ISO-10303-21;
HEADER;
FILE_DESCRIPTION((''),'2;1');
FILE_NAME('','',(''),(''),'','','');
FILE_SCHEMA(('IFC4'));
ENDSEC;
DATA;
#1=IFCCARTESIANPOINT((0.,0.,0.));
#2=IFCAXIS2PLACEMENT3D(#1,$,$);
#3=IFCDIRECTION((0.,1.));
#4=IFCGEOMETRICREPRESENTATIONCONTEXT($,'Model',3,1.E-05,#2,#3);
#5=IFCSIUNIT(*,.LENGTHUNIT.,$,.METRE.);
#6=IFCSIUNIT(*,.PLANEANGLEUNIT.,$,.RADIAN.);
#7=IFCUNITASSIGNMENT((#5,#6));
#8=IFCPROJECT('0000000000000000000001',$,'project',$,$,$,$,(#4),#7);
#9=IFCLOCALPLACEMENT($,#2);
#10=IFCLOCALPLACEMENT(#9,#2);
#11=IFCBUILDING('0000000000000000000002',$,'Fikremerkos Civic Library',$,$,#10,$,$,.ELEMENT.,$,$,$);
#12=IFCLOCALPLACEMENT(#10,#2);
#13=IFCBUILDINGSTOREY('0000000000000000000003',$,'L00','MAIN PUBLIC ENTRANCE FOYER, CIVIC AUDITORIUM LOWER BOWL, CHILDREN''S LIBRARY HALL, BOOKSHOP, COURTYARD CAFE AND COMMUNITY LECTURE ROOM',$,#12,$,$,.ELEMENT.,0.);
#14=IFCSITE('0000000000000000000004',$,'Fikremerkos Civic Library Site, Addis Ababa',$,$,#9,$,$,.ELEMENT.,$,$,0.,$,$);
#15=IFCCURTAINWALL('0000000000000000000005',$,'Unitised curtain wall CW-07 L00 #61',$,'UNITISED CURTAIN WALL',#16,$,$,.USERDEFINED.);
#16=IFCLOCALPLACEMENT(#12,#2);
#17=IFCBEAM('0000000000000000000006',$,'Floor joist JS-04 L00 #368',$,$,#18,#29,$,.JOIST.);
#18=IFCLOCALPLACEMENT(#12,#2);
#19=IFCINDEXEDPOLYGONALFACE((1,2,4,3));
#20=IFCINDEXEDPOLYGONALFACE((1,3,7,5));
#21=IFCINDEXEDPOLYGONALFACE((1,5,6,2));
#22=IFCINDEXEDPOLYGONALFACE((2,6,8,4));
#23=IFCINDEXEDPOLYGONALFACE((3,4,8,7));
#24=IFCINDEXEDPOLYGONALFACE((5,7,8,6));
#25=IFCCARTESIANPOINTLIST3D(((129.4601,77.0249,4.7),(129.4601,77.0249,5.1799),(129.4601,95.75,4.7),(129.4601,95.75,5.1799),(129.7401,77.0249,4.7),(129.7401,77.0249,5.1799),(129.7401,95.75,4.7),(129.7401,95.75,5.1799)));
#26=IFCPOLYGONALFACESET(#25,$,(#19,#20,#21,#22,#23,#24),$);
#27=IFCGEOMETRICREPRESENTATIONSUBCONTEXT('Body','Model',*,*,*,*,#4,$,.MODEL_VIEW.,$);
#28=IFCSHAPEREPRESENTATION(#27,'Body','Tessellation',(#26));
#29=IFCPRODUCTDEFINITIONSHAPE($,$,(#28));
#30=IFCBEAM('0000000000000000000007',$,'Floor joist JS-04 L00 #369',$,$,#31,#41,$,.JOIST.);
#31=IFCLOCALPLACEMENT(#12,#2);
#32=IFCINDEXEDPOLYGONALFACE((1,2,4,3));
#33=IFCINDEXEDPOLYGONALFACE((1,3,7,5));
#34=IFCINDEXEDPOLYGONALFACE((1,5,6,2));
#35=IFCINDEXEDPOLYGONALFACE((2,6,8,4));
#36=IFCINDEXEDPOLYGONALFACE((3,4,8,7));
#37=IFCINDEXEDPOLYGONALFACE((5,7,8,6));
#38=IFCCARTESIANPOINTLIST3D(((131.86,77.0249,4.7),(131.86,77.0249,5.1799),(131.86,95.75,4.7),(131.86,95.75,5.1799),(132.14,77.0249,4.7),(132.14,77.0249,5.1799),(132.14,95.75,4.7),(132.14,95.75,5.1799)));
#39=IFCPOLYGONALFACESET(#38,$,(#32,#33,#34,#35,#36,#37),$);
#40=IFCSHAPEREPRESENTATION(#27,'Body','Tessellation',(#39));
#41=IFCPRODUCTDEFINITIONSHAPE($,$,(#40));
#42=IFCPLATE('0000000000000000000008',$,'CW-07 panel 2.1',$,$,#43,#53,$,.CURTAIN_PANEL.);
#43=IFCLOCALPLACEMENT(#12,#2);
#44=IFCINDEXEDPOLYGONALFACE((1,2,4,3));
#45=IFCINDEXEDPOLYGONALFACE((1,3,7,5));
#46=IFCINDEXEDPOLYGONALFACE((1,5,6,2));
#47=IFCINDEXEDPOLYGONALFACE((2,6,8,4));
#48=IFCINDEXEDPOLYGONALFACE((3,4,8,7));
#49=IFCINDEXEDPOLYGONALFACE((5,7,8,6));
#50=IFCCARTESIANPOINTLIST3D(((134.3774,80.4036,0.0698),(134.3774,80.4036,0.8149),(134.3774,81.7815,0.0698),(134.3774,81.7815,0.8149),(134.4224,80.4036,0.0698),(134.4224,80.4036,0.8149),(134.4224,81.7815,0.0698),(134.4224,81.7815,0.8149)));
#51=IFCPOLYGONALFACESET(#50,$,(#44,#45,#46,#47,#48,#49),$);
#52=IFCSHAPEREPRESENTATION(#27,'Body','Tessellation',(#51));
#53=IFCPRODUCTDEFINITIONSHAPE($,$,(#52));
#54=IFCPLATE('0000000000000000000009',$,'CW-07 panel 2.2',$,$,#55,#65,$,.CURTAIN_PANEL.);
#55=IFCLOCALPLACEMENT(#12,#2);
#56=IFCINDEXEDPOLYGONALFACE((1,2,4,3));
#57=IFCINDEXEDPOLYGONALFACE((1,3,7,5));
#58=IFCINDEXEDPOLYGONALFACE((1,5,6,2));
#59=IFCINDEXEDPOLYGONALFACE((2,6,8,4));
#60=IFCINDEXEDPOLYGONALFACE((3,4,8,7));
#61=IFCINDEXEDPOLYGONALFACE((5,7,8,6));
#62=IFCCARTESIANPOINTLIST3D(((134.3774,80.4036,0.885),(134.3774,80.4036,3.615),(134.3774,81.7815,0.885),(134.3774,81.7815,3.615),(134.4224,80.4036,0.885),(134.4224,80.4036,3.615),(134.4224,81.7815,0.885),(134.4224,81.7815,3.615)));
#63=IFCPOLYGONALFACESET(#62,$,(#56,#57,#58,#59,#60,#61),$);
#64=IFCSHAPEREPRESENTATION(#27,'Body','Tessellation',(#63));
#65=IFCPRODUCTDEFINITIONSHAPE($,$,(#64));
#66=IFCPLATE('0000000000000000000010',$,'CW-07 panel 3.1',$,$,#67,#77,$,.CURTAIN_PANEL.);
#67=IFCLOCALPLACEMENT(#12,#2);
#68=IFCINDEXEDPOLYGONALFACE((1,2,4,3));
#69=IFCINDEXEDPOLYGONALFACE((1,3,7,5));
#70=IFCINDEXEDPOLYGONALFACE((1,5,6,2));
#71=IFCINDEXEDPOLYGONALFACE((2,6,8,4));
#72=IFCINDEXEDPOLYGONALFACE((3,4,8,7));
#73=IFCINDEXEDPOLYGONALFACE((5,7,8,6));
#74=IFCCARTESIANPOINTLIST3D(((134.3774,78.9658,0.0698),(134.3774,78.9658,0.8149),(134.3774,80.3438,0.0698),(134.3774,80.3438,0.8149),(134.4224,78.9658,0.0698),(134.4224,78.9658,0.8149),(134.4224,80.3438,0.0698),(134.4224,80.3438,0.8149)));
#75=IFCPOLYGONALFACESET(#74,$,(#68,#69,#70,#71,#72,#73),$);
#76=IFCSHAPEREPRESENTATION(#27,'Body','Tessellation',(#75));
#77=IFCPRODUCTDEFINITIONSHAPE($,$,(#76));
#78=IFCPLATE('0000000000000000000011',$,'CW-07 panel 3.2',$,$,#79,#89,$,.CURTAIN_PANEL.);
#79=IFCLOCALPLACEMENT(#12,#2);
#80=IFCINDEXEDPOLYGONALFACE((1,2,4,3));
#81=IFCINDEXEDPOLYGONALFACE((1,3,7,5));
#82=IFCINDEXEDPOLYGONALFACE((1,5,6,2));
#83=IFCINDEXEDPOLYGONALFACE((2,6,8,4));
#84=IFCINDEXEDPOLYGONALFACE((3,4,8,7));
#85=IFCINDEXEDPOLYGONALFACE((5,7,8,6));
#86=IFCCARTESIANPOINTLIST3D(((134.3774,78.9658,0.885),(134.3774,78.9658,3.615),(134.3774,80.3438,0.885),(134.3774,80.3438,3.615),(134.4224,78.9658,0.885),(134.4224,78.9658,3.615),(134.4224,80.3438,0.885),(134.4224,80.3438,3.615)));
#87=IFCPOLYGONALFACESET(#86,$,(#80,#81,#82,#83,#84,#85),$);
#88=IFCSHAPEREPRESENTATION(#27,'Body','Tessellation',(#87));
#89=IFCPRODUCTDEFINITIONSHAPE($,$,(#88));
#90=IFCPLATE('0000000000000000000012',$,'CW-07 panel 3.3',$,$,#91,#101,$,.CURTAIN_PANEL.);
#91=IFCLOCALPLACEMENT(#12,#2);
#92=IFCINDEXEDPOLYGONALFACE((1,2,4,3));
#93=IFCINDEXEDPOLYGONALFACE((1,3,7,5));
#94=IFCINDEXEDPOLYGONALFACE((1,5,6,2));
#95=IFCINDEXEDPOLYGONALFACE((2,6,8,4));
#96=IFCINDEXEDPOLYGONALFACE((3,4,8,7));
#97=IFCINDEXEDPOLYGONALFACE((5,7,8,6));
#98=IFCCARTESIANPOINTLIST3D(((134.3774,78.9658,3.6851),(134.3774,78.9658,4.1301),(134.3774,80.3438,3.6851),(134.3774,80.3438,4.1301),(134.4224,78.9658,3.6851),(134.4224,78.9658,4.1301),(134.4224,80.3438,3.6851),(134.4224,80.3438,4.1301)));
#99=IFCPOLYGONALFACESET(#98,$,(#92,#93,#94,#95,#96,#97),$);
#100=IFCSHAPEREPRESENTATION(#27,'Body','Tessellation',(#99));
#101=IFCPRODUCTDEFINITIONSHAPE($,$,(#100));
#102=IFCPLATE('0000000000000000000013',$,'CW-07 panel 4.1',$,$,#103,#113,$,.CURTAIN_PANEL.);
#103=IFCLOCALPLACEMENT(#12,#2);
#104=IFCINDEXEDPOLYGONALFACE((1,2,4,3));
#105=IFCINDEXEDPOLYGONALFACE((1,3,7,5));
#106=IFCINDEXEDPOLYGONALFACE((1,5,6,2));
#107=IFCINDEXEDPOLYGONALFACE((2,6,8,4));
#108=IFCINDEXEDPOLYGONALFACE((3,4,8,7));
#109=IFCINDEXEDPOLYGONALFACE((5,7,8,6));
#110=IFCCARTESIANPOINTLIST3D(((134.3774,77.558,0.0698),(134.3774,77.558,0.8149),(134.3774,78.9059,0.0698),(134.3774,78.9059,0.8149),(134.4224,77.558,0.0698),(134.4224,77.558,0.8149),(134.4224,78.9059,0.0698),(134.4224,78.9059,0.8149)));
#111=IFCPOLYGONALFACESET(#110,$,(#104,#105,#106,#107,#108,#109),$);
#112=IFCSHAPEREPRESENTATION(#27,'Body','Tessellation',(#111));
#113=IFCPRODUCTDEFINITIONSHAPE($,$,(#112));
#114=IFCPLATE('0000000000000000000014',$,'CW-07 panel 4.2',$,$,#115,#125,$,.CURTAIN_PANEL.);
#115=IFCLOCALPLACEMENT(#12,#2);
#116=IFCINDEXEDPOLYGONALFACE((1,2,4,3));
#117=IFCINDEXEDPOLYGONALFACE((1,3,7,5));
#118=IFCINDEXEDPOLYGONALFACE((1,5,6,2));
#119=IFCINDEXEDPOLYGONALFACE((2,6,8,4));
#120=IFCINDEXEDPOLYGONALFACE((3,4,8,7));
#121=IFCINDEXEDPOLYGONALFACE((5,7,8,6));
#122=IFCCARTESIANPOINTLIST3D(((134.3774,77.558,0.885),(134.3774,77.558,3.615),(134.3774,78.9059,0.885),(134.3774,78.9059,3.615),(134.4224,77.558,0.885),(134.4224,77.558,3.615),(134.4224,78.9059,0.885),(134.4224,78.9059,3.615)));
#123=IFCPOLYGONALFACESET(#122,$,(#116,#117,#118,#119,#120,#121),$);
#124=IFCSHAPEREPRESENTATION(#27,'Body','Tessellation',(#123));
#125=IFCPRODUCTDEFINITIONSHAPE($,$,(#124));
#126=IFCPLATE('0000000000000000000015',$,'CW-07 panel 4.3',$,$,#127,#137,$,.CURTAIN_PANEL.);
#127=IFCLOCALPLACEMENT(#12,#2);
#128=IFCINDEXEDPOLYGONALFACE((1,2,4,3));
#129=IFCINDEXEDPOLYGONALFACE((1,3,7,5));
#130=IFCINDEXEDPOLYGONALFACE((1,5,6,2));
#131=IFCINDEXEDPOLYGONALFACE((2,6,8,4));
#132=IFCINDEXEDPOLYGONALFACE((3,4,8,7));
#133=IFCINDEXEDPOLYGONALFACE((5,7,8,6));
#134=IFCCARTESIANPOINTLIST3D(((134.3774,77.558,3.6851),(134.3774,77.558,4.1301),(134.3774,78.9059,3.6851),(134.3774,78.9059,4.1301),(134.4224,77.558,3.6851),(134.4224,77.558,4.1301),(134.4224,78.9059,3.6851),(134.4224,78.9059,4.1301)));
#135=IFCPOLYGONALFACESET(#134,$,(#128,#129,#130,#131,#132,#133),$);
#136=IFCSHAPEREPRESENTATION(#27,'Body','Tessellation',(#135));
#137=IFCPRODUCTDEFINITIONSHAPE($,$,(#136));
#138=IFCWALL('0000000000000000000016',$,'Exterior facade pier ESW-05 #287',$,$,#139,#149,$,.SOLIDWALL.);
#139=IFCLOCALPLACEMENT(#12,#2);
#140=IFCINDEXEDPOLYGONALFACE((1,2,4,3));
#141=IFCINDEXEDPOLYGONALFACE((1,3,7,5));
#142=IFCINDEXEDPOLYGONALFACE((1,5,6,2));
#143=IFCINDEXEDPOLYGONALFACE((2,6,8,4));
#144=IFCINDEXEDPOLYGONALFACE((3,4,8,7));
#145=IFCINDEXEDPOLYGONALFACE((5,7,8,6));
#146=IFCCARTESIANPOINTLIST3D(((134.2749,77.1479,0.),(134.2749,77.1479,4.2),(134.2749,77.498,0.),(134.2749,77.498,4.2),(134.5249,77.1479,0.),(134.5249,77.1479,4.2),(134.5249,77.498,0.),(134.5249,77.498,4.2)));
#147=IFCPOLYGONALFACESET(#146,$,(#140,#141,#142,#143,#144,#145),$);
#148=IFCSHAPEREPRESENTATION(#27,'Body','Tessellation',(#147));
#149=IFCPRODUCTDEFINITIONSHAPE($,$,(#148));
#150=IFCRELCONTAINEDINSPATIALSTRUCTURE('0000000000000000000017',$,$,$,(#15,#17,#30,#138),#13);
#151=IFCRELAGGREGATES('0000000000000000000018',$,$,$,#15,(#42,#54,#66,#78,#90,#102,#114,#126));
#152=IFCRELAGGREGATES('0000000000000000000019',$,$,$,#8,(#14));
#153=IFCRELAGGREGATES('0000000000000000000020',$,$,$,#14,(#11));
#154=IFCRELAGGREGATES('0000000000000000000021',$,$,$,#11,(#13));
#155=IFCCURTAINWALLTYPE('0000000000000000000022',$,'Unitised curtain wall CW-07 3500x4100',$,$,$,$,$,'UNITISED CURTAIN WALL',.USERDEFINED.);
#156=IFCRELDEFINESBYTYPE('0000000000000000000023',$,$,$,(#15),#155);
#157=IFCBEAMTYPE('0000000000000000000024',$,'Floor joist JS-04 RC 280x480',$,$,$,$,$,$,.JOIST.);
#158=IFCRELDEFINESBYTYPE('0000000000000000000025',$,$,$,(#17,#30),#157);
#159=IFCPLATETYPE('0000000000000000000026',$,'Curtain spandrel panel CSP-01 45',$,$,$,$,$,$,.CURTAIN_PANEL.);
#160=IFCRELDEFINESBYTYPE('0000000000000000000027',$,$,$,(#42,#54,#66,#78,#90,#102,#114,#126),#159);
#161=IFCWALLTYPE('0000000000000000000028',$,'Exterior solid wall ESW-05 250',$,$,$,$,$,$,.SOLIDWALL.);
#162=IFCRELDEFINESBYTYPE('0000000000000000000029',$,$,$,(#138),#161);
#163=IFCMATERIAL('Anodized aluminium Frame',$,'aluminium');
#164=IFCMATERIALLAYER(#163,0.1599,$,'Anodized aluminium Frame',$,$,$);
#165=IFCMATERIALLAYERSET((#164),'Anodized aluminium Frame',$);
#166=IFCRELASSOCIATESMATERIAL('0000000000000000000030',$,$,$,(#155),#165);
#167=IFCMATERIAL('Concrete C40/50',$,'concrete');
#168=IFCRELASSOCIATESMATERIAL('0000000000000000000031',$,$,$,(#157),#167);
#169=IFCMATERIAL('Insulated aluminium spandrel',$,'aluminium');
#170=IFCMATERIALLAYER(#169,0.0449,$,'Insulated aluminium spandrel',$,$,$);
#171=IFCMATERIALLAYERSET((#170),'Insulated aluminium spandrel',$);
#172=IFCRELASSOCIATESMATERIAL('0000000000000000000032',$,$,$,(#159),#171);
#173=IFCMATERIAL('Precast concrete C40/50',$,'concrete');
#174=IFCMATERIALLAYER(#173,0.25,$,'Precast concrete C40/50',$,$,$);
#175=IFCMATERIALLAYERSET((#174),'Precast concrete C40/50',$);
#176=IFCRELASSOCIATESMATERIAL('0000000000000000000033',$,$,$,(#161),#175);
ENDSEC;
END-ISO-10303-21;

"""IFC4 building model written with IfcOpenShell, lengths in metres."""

from ifc_helpers import new_model, si_unit, direction, frame, frame_2d, origin, origin_2d, place, context, subcontext, project, spatial, rectangle, extrude, material, layer, layer_set, material_profile, profile_set, type_object, element, aggregate, save


model = new_model("IFC4")

# Units and contexts
model_context = context("Model", 3, precision=1e-05, world=origin(), true_north=direction((0.0, 1.0)))
body_context = subcontext(model_context, "Body", "Model", "MODEL_VIEW")
ifc_project = project(units=[si_unit("LENGTHUNIT", "METRE"), si_unit("PLANEANGLEUNIT", "RADIAN")], contexts=[model_context])

# Site, building, storey
site_placement = place(None, origin())
site = spatial("IfcSite", under=ifc_project, at=site_placement, Name="Fikremerkos Civic Library Site, Addis Ababa", CompositionType="ELEMENT", RefElevation=0.0)
building_placement = place(site_placement, origin())
building = spatial("IfcBuilding", under=site, at=building_placement, Name="Fikremerkos Civic Library", CompositionType="ELEMENT")
storey_placement = place(building_placement, origin())
storey = spatial("IfcBuildingStorey", under=building, at=storey_placement, Name="L00", Description="MAIN PUBLIC ENTRANCE FOYER, CIVIC AUDITORIUM LOWER BOWL, CHILDREN'S LIBRARY HALL, BOOKSHOP, COURTYARD CAFE AND COMMUNITY LECTURE ROOM", CompositionType="ELEMENT", Elevation=0.0)

# Curtain wall
ifc_material_1 = material(Name="Anodized aluminium Frame", Category="aluminium")
ifc_layer_1 = layer(ifc_material_1, 0.1599, Name="Anodized aluminium Frame")
ifc_layer_set_1 = layer_set([ifc_layer_1], Name="Anodized aluminium Frame")
curtain_wall_type = type_object("IfcCurtainWallType", Name="Unitised curtain wall CW-07 3500x4100", ElementType="UNITISED CURTAIN WALL", PredefinedType="USERDEFINED", material=ifc_layer_set_1)
curtain_wall_placement = place(storey_placement, origin())
curtain_wall = element("IfcCurtainWall", 1, at=curtain_wall_placement, inside=storey, type_object=curtain_wall_type, Name="Unitised curtain wall CW-07 L00 #61", ObjectType="UNITISED CURTAIN WALL", PredefinedType="USERDEFINED")

# Beams
ifc_material_2 = material(Name="Concrete C40/50", Category="concrete")
ifc_material_profile_1 = material_profile(ifc_material_2, rectangle(XDim=0.28, YDim=0.48, at=origin_2d()), Name="RC 280x480")
ifc_profile_set_1 = profile_set([ifc_material_profile_1], Name="Concrete C40/50")
beam_type = type_object("IfcBeamType", Name="Floor joist JS-04 RC 280x480", PredefinedType="JOIST", material=ifc_profile_set_1)
for number, where, z_axis, x_axis, name in (
    (2, (129.6001, 77.0249, 4.9399), (0.0, 1.0, 0.0), (-1.0, 0.0, 0.0), "Floor joist JS-04 L00 #368"),
    (3, (132.0, 77.0249, 4.9399), (0.0, 1.0, 0.0), (-1.0, 0.0, 0.0), "Floor joist JS-04 L00 #369"),
):
    element("IfcBeam", number, at=place(storey_placement, frame(where, z_axis=z_axis, x_axis=x_axis)), inside=storey, type_object=beam_type, Name=name, PredefinedType="JOIST", context=body_context, shape_type="SweptSolid", body=[
        extrude(rectangle(XDim=0.28, YDim=0.48, at=origin_2d()), origin(), (0.0, 0.0, 1.0), 18.7251),
    ])

# Plates
ifc_material_3 = material(Name="Insulated aluminium spandrel", Category="aluminium")
ifc_layer_2 = layer(ifc_material_3, 0.0449, Name="Insulated aluminium spandrel")
ifc_layer_set_2 = layer_set([ifc_layer_2], Name="Insulated aluminium spandrel")
plate_type = type_object("IfcPlateType", Name="Curtain spandrel panel CSP-01 45", PredefinedType="CURTAIN_PANEL", material=ifc_layer_set_2)
plate_1_placement = place(storey_placement, frame((134.3999, 81.0925, 0.0698), z_axis=(0.0, 0.0, 1.0), x_axis=(0.0, -1.0, 0.0)))
plate_1 = element("IfcPlate", 4, at=plate_1_placement, type_object=plate_type, Name="CW-07 panel 2.1", PredefinedType="CURTAIN_PANEL", context=body_context, shape_type="SweptSolid", body=[
    extrude(rectangle(XDim=1.3779, YDim=0.0449, at=origin_2d()), origin(), (0.0, 0.0, 1.0), 0.7451),
])
plate_2_placement = place(storey_placement, frame((134.3999, 81.0925, 0.885), z_axis=(0.0, 0.0, 1.0), x_axis=(0.0, -1.0, 0.0)))
plate_2 = element("IfcPlate", 5, at=plate_2_placement, type_object=plate_type, Name="CW-07 panel 2.2", PredefinedType="CURTAIN_PANEL", context=body_context, shape_type="SweptSolid", body=[
    extrude(rectangle(XDim=1.3779, YDim=0.0449, at=origin_2d()), origin(), (0.0, 0.0, 1.0), 2.73),
])
plate_3_placement = place(storey_placement, frame((134.3999, 79.6548, 0.0698), z_axis=(0.0, 0.0, 1.0), x_axis=(0.0, -1.0, 0.0)))
plate_3 = element("IfcPlate", 6, at=plate_3_placement, type_object=plate_type, Name="CW-07 panel 3.1", PredefinedType="CURTAIN_PANEL", context=body_context, shape_type="SweptSolid", body=[
    extrude(rectangle(XDim=1.3779, YDim=0.0449, at=origin_2d()), origin(), (0.0, 0.0, 1.0), 0.7451),
])
plate_4_placement = place(storey_placement, frame((134.3999, 79.6548, 0.885), z_axis=(0.0, 0.0, 1.0), x_axis=(0.0, -1.0, 0.0)))
plate_4 = element("IfcPlate", 7, at=plate_4_placement, type_object=plate_type, Name="CW-07 panel 3.2", PredefinedType="CURTAIN_PANEL", context=body_context, shape_type="SweptSolid", body=[
    extrude(rectangle(XDim=1.3779, YDim=0.0449, at=origin_2d()), origin(), (0.0, 0.0, 1.0), 2.73),
])
plate_5_placement = place(storey_placement, frame((134.3999, 79.6548, 3.6851), z_axis=(0.0, 0.0, 1.0), x_axis=(0.0, -1.0, 0.0)))
plate_5 = element("IfcPlate", 8, at=plate_5_placement, type_object=plate_type, Name="CW-07 panel 3.3", PredefinedType="CURTAIN_PANEL", context=body_context, shape_type="SweptSolid", body=[
    extrude(rectangle(XDim=1.3779, YDim=0.0449, at=origin_2d()), origin(), (0.0, 0.0, 1.0), 0.4451),
])
plate_6_placement = place(storey_placement, frame((134.3999, 78.2319, 0.0698), z_axis=(0.0, 0.0, 1.0), x_axis=(0.0, -1.0, 0.0)))
plate_6 = element("IfcPlate", 9, at=plate_6_placement, type_object=plate_type, Name="CW-07 panel 4.1", PredefinedType="CURTAIN_PANEL", context=body_context, shape_type="SweptSolid", body=[
    extrude(rectangle(XDim=1.3479, YDim=0.0449, at=origin_2d()), origin(), (0.0, 0.0, 1.0), 0.7451),
])
plate_7_placement = place(storey_placement, frame((134.3999, 78.2319, 0.885), z_axis=(0.0, 0.0, 1.0), x_axis=(0.0, -1.0, 0.0)))
plate_7 = element("IfcPlate", 10, at=plate_7_placement, type_object=plate_type, Name="CW-07 panel 4.2", PredefinedType="CURTAIN_PANEL", context=body_context, shape_type="SweptSolid", body=[
    extrude(rectangle(XDim=1.3479, YDim=0.0449, at=origin_2d()), origin(), (0.0, 0.0, 1.0), 2.73),
])
plate_8_placement = place(storey_placement, frame((134.3999, 78.2319, 3.6851), z_axis=(0.0, 0.0, 1.0), x_axis=(0.0, -1.0, 0.0)))
plate_8 = element("IfcPlate", 11, at=plate_8_placement, type_object=plate_type, Name="CW-07 panel 4.3", PredefinedType="CURTAIN_PANEL", context=body_context, shape_type="SweptSolid", body=[
    extrude(rectangle(XDim=1.3479, YDim=0.0449, at=origin_2d()), origin(), (0.0, 0.0, 1.0), 0.4451),
])
aggregate(curtain_wall, [plate_1, plate_2, plate_3, plate_4, plate_5, plate_6, plate_7, plate_8])

# Wall
ifc_material_4 = material(Name="Precast concrete C40/50", Category="concrete")
ifc_layer_3 = layer(ifc_material_4, 0.25, Name="Precast concrete C40/50")
ifc_layer_set_3 = layer_set([ifc_layer_3], Name="Precast concrete C40/50")
wall_type = type_object("IfcWallType", Name="Exterior solid wall ESW-05 250", PredefinedType="SOLIDWALL", material=ifc_layer_set_3)
wall_placement = place(storey_placement, frame((134.3999, 77.498, 0.0), z_axis=(0.0, 0.0, 1.0), x_axis=(0.0, -1.0, 0.0)))
element("IfcWall", 12, at=wall_placement, inside=storey, type_object=wall_type, Name="Exterior facade pier ESW-05 #287", PredefinedType="SOLIDWALL", context=body_context, shape_type="SweptSolid", body=[
    extrude(rectangle(XDim=0.3501, YDim=0.25, at=frame_2d((0.175, 0.0))), origin(), (0.0, 0.0, 1.0), 4.2),
])

save(model, "model.ifc")
